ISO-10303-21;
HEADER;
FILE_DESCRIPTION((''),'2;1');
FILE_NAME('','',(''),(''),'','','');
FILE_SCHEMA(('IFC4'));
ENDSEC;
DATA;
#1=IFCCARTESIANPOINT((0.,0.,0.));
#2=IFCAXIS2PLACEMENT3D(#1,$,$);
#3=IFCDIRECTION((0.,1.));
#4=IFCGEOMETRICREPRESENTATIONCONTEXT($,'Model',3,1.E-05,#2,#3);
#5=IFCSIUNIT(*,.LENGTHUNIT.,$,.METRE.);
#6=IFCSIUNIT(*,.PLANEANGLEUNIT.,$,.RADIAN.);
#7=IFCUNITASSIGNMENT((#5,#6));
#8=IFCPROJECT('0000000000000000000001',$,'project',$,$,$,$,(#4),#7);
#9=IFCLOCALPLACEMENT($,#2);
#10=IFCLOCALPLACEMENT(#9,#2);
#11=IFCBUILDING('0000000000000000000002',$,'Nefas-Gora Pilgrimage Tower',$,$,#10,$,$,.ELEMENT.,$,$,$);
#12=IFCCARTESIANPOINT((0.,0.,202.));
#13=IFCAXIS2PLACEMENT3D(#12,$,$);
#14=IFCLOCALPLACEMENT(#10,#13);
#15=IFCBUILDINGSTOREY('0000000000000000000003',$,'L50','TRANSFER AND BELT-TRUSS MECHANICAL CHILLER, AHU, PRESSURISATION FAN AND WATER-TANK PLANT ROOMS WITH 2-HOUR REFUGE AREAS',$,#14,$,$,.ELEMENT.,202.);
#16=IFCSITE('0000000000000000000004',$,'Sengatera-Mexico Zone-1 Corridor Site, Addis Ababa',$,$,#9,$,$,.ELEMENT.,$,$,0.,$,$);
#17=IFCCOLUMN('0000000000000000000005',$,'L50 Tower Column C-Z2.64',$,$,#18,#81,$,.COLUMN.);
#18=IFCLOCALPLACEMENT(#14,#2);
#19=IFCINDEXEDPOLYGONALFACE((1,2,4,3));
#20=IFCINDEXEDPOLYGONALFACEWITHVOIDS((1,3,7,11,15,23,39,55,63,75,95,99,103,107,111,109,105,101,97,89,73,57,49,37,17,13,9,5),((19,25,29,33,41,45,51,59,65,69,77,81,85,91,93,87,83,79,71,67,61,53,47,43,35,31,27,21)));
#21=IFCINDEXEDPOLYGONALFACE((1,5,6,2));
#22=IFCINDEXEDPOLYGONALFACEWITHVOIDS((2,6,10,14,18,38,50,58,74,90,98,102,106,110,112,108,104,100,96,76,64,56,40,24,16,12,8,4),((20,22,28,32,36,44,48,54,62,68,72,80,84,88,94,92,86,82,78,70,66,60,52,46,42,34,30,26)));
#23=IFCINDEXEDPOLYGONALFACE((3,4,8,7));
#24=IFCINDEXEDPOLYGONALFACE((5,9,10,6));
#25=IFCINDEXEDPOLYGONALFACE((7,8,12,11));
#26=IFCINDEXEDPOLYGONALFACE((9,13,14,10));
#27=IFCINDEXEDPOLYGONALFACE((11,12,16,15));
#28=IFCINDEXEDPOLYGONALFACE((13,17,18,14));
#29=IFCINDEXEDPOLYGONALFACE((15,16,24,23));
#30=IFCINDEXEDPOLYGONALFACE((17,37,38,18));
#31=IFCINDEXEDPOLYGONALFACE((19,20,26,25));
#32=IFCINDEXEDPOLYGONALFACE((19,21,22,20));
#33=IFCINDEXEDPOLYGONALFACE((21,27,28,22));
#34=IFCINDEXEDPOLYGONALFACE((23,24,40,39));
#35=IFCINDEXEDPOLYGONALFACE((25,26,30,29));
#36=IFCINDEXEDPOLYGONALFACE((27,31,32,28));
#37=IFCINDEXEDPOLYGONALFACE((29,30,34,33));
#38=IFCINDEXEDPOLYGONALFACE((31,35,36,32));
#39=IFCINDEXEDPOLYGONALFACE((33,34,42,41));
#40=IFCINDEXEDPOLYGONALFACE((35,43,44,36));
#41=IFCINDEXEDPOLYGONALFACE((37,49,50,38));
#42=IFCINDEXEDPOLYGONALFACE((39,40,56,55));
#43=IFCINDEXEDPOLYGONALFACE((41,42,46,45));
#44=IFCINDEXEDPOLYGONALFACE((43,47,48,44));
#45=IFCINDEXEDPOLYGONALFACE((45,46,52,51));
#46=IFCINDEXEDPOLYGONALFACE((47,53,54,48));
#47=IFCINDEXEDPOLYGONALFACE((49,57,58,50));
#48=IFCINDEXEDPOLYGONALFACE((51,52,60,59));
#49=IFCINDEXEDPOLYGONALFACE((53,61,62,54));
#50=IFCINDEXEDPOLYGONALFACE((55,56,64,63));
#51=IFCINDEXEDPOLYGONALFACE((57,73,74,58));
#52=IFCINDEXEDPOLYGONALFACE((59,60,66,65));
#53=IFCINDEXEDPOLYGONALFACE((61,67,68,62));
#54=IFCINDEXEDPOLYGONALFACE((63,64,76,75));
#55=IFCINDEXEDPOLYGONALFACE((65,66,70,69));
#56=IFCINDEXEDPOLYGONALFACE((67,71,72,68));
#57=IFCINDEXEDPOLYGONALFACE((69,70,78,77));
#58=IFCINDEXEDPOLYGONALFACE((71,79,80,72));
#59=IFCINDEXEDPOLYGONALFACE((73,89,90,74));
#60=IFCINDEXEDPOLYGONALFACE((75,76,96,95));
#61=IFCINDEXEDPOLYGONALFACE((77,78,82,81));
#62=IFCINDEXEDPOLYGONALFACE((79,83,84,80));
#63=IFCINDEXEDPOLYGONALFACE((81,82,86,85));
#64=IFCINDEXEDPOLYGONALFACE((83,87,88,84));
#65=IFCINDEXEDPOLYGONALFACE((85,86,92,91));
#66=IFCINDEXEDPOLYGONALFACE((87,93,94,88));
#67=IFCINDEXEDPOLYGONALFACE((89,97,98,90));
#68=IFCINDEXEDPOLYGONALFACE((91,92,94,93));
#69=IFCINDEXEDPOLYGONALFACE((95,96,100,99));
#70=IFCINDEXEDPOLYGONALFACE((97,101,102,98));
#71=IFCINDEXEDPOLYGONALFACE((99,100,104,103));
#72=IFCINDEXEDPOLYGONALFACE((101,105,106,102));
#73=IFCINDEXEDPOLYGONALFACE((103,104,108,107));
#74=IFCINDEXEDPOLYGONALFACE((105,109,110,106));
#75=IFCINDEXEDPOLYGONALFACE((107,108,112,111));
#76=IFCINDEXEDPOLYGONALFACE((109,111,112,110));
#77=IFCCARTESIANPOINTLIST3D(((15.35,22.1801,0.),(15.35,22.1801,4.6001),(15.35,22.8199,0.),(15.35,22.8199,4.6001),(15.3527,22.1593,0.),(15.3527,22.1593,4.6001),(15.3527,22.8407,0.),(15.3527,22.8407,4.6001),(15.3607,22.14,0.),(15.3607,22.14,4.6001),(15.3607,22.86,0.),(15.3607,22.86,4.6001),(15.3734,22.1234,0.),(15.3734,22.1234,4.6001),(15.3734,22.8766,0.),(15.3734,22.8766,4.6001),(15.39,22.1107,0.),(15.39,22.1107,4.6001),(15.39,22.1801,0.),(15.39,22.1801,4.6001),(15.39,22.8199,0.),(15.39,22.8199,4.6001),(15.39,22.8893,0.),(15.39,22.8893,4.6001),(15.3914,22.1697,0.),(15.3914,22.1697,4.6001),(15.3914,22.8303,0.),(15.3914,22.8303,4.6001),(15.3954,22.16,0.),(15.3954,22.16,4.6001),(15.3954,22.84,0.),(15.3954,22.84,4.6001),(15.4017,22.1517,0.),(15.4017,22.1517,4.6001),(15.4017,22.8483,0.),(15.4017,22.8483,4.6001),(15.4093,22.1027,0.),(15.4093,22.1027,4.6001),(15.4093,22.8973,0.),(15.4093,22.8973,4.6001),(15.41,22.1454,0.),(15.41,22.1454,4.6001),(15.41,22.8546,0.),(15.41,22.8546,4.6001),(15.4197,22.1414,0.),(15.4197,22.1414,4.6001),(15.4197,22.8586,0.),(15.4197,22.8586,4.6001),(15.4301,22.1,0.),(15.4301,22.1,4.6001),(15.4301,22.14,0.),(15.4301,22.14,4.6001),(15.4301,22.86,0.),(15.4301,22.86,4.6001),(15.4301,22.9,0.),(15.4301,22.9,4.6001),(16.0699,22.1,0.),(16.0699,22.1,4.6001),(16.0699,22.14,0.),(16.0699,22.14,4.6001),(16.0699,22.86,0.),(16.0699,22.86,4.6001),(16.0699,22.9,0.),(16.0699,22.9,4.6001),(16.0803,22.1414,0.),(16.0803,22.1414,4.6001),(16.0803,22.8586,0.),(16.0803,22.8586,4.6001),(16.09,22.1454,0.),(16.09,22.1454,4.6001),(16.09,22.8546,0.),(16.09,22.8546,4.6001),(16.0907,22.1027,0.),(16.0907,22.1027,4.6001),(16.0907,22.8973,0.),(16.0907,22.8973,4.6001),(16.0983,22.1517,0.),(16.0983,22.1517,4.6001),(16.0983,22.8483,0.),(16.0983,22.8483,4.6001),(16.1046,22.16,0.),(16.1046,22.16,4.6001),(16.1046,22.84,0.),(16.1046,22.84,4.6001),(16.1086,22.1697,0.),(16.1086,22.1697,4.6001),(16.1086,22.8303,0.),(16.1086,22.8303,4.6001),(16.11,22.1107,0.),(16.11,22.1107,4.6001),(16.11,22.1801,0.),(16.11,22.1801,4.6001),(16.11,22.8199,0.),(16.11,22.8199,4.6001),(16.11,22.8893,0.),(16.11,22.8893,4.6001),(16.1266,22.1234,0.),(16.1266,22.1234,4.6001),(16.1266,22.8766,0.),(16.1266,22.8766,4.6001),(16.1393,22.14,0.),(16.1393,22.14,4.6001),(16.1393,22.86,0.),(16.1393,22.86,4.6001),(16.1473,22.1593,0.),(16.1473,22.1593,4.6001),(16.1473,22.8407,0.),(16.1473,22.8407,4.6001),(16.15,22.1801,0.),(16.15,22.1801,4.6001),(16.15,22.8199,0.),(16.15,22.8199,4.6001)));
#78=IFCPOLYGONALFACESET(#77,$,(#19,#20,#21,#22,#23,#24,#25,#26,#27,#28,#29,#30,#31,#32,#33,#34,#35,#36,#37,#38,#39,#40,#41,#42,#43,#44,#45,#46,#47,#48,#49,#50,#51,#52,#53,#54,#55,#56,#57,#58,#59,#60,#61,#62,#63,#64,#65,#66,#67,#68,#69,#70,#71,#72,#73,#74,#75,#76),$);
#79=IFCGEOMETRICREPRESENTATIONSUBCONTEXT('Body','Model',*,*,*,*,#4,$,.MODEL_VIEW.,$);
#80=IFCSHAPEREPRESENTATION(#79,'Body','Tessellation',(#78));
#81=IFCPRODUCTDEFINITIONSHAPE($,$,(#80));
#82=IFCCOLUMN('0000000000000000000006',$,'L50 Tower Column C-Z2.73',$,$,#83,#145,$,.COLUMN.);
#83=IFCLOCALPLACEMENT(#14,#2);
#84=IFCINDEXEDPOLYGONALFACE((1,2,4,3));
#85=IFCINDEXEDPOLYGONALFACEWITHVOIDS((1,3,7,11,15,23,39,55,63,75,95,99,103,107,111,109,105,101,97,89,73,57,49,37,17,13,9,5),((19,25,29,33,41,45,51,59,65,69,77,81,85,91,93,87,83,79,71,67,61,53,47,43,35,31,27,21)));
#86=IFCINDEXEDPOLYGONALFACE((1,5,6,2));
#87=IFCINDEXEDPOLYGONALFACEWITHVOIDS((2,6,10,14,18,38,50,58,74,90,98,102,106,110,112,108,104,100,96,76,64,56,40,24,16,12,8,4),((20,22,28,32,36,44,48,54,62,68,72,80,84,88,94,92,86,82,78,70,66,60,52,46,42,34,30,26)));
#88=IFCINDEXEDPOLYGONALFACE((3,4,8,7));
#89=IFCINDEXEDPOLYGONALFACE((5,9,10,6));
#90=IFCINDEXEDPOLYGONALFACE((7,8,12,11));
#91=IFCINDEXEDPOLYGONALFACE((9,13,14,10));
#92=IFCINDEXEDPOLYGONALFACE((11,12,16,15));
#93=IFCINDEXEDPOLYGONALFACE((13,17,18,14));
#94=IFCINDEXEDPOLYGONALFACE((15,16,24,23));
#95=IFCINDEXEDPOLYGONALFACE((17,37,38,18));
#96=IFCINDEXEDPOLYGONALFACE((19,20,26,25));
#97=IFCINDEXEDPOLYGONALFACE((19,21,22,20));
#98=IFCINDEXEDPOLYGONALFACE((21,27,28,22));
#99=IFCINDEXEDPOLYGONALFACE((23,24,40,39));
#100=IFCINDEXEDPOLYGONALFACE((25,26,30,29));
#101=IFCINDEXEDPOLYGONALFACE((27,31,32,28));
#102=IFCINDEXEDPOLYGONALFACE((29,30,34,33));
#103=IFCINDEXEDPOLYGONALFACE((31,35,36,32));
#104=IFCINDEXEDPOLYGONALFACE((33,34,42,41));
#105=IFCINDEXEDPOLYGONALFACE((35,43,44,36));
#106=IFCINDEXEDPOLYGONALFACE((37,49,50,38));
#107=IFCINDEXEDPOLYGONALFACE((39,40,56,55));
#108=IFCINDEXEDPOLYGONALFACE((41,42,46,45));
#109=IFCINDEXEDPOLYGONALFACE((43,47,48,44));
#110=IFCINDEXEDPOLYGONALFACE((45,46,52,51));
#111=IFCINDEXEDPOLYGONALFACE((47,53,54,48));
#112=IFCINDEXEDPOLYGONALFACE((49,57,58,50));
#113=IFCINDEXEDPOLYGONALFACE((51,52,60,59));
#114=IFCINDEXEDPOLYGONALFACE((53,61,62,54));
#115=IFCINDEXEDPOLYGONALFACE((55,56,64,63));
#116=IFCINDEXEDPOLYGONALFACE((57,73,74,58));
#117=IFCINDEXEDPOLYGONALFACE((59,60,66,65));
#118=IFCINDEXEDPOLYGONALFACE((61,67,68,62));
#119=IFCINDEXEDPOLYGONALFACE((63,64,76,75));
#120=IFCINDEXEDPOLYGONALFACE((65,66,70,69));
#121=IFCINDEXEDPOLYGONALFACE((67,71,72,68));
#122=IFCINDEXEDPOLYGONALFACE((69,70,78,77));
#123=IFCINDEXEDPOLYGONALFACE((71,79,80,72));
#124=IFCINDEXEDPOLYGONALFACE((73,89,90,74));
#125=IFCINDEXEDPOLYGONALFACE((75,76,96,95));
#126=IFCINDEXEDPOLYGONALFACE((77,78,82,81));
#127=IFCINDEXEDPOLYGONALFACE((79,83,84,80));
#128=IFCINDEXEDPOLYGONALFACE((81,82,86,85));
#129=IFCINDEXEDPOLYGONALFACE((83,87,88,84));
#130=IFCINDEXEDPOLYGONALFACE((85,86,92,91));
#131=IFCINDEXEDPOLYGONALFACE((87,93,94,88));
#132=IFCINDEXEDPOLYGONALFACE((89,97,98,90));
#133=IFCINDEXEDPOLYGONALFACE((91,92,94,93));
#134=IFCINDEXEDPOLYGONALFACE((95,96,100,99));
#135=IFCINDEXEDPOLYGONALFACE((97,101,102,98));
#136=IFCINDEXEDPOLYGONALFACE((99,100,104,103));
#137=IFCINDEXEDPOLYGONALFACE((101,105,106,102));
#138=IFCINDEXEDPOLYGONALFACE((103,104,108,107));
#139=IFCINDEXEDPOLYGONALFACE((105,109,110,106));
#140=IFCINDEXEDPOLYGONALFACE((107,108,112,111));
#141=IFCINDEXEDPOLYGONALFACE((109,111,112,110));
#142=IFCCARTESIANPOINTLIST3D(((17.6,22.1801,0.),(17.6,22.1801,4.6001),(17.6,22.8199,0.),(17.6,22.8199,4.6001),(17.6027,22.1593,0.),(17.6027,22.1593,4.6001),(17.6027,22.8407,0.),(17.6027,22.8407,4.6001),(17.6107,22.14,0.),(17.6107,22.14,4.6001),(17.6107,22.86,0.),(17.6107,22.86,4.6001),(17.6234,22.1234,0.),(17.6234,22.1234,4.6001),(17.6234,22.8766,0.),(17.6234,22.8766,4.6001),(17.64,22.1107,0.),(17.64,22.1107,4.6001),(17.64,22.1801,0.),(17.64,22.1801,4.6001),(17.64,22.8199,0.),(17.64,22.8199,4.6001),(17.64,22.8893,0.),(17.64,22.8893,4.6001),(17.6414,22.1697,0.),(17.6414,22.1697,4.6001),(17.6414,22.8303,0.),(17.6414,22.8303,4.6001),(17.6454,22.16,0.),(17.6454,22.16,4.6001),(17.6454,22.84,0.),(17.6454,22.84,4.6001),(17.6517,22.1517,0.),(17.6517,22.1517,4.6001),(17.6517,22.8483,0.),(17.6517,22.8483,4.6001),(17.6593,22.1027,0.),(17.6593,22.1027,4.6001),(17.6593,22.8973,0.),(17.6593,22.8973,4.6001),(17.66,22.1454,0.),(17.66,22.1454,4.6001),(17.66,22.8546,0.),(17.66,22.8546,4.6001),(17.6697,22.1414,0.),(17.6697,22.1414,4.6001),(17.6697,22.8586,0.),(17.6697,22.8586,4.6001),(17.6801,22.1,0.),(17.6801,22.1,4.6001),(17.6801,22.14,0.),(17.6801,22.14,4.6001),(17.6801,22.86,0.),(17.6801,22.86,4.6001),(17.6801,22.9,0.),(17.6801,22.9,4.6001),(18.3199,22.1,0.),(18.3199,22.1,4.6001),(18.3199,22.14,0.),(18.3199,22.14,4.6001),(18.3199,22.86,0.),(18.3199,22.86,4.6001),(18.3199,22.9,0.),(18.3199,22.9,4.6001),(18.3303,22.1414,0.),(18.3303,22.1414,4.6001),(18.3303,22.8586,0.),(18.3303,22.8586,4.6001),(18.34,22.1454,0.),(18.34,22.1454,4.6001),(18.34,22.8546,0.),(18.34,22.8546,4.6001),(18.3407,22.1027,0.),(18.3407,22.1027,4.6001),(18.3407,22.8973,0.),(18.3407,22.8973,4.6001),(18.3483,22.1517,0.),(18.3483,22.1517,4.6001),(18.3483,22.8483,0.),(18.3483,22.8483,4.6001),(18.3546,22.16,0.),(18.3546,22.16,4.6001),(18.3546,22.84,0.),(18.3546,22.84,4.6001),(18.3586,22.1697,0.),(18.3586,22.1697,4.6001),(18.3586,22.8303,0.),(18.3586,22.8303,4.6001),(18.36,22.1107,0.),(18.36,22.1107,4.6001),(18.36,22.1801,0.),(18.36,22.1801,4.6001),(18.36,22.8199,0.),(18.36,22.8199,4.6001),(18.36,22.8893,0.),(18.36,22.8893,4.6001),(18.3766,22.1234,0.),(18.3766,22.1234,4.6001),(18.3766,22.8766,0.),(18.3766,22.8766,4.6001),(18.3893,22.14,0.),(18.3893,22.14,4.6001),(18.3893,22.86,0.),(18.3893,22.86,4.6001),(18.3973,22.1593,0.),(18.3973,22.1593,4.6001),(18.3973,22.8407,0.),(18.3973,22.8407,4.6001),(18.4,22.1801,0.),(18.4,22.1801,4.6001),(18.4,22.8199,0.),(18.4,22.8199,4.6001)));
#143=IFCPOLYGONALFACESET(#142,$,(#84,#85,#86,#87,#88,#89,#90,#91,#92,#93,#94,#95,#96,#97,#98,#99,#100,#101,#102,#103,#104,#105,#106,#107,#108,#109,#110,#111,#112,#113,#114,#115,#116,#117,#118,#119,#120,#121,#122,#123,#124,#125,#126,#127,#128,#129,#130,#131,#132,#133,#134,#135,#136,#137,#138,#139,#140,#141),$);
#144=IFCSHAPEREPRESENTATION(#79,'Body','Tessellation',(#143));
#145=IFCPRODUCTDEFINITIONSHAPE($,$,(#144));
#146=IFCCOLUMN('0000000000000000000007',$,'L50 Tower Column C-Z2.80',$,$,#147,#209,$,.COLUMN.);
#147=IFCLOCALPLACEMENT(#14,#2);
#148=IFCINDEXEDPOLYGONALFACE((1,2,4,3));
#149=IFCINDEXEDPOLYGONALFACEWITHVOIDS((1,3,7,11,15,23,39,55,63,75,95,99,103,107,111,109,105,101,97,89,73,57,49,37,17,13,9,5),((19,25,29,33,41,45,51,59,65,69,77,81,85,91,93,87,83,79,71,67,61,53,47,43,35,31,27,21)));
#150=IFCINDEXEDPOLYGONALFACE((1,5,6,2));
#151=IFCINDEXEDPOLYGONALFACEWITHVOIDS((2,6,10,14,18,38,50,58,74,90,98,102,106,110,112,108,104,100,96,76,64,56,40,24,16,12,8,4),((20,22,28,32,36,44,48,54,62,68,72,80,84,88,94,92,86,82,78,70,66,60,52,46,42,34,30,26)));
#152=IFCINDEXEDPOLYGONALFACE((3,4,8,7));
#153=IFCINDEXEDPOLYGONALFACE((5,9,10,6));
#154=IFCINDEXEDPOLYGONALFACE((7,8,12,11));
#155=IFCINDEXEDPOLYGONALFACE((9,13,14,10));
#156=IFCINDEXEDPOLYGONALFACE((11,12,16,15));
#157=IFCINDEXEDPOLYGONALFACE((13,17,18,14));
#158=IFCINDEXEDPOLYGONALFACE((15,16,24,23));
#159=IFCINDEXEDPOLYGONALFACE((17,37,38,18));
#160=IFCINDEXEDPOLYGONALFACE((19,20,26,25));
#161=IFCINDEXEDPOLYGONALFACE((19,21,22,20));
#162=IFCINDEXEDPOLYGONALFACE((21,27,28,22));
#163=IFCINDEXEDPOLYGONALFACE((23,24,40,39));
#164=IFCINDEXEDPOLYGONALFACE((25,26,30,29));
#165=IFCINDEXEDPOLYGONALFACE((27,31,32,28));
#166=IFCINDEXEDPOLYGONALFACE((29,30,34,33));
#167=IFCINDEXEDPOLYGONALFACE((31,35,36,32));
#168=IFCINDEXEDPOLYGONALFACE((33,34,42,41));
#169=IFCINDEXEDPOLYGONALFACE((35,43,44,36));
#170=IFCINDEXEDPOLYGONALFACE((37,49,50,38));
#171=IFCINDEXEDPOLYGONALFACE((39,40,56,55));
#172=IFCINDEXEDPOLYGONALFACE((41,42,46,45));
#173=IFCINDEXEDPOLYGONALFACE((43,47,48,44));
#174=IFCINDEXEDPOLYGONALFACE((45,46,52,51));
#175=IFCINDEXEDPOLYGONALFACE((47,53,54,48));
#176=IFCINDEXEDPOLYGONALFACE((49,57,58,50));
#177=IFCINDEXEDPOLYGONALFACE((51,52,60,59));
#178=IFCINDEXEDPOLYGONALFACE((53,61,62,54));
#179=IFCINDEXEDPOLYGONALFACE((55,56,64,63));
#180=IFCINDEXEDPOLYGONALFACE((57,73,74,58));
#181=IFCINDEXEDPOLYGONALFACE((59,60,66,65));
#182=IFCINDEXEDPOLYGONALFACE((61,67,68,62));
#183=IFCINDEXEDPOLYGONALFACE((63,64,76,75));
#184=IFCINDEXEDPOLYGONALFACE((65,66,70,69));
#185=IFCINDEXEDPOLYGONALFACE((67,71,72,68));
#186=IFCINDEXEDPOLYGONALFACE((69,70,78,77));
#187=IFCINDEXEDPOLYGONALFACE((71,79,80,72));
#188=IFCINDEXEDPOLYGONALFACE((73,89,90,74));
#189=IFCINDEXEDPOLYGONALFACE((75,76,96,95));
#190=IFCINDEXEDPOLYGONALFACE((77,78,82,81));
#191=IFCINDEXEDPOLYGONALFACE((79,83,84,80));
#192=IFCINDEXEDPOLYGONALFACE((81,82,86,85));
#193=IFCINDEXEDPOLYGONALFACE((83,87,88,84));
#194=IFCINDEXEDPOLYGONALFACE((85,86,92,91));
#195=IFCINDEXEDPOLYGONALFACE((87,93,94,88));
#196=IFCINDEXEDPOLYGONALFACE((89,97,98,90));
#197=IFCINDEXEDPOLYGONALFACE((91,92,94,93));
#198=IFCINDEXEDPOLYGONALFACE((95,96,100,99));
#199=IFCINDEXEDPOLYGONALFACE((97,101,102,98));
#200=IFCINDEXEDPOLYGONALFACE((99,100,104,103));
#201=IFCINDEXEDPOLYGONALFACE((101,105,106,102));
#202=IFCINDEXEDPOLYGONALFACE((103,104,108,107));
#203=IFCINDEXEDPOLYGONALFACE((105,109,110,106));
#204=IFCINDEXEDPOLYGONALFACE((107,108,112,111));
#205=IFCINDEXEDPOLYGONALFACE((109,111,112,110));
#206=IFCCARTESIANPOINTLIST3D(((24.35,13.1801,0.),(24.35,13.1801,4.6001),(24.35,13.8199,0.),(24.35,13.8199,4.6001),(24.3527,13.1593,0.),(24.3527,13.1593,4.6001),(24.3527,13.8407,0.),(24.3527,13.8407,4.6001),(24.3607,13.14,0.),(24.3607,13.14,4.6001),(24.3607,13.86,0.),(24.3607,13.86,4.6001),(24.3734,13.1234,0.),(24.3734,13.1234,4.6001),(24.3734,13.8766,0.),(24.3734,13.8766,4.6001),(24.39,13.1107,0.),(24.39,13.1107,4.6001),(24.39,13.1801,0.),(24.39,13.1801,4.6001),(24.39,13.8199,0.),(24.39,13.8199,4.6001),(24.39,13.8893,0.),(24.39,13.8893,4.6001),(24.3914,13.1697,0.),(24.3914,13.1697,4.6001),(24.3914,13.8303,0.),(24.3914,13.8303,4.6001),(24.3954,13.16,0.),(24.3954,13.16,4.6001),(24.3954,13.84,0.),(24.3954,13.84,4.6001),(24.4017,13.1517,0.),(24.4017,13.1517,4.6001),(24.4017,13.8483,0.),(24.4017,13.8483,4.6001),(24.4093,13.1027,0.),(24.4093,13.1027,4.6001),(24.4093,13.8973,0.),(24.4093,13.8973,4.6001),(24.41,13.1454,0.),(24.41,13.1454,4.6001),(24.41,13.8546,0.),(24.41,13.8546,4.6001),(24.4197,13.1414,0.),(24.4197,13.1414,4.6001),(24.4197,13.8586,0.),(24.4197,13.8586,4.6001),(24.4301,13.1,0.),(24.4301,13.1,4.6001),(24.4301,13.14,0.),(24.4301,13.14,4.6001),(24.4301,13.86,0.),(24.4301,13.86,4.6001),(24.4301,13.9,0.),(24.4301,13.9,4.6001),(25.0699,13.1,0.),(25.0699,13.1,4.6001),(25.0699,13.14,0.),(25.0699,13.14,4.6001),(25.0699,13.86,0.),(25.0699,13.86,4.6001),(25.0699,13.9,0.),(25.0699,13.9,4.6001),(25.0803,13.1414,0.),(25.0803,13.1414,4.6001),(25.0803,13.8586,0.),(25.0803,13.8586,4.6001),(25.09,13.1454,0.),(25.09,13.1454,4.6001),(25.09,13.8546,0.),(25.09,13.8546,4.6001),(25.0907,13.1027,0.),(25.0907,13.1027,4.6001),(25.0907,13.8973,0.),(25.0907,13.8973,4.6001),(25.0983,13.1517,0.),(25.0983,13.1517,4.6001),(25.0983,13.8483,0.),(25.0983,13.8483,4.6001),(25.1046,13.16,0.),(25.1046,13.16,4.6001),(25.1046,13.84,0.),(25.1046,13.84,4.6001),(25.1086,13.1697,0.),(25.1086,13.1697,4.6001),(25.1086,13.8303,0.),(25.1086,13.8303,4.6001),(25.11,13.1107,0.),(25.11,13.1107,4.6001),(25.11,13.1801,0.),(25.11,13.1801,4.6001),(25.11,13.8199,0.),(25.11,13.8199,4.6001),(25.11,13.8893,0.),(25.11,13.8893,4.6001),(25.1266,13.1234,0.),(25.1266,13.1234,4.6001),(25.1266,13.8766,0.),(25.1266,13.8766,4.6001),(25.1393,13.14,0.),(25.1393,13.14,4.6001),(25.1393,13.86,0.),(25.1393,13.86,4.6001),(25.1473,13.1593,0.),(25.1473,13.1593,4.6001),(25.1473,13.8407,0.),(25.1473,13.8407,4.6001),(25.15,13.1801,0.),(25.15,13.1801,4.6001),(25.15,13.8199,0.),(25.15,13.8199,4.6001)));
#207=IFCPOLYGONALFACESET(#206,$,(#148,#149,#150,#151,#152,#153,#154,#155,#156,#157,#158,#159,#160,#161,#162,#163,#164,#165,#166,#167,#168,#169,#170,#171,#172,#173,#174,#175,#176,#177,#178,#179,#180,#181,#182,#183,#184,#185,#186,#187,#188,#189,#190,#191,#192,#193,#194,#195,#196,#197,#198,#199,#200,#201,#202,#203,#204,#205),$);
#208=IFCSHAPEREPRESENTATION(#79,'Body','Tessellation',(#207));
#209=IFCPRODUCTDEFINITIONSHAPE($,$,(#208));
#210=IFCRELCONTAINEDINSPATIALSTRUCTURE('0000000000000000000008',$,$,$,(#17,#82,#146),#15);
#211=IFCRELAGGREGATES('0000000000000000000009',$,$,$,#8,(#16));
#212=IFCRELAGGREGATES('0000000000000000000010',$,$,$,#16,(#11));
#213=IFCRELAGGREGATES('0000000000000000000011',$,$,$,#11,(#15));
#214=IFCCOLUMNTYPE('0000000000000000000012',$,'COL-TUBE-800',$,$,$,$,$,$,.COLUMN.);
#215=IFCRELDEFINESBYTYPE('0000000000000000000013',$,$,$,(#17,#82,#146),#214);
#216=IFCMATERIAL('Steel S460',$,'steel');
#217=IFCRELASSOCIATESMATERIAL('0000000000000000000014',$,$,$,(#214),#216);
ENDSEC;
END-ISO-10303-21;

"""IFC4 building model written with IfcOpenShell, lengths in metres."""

from ifc_helpers import new_model, si_unit, direction, frame, origin, origin_2d, place, context, subcontext, project, spatial, hollow_rectangle, extrude, source, transform, mapped, material, material_profile, profile_set, type_object, element, save


model = new_model("IFC4")

# Units and contexts
model_context = context("Model", 3, precision=1e-05, world=origin(), true_north=direction((0.0, 1.0)))
body_context = subcontext(model_context, "Body", "Model", "MODEL_VIEW")
ifc_project = project(units=[si_unit("LENGTHUNIT", "METRE"), si_unit("PLANEANGLEUNIT", "RADIAN")], contexts=[model_context])

# Site, building, storey
site_placement = place(None, origin())
site = spatial("IfcSite", under=ifc_project, at=site_placement, Name="Sengatera-Mexico Zone-1 Corridor Site, Addis Ababa", CompositionType="ELEMENT", RefElevation=0.0)
building_placement = place(site_placement, origin())
building = spatial("IfcBuilding", under=site, at=building_placement, Name="Nefas-Gora Pilgrimage Tower", CompositionType="ELEMENT")
storey_placement = place(building_placement, frame((0.0, 0.0, 202.0)))
storey = spatial("IfcBuildingStorey", under=building, at=storey_placement, Name="L50", Description="TRANSFER AND BELT-TRUSS MECHANICAL CHILLER, AHU, PRESSURISATION FAN AND WATER-TANK PLANT ROOMS WITH 2-HOUR REFUGE AREAS", CompositionType="ELEMENT", Elevation=202.0)

# Columns
ifc_material_1 = material(Name="Steel S460", Category="steel")
ifc_material_profile_1 = material_profile(ifc_material_1, hollow_rectangle(XDim=0.8, YDim=0.8, WallThickness=0.04, InnerFilletRadius=0.04, OuterFilletRadius=0.0801, at=origin_2d()), Name="BOX 800x800x40")
ifc_profile_set_1 = profile_set([ifc_material_profile_1], Name="Steel S460")
column_type_1 = type_object("IfcColumnType", Name="COL-TUBE-800", PredefinedType="COLUMN", material=ifc_profile_set_1)
shared_shape_1 = source(origin(), body_context, "Body", "SweptSolid", [
    extrude(hollow_rectangle(XDim=0.8, YDim=0.8, WallThickness=0.04, InnerFilletRadius=0.04, OuterFilletRadius=0.0801, at=origin_2d()), origin(), (0.0, 0.0, 1.0), 4.6001),
])
for number, where, z_axis, x_axis, name in (
    (1, (15.75, 22.5, 0.0), (0.0, 0.0, 1.0), (1.0, 0.0, 0.0), "L50 Tower Column C-Z2.64"),
    (2, (18.0, 22.5, 0.0), (0.0, 0.0, 1.0), (1.0, 0.0, 0.0), "L50 Tower Column C-Z2.73"),
    (3, (24.75, 13.5, 0.0), (0.0, 0.0, 1.0), (1.0, 0.0, 0.0), "L50 Tower Column C-Z2.80"),
):
    element("IfcColumn", number, at=place(storey_placement, frame(where, z_axis=z_axis, x_axis=x_axis)), inside=storey, type_object=column_type_1, Name=name, PredefinedType="COLUMN", context=body_context, shape_type="MappedRepresentation", body=[
        mapped(shared_shape_1, transform((0.0, 0.0, 0.0), x_axis=(1.0, 0.0, 0.0), y_axis=(0.0, 1.0, 0.0), z_axis=(0.0, 0.0, 1.0), scale=1.0)),
    ])

save(model, "model.ifc")
